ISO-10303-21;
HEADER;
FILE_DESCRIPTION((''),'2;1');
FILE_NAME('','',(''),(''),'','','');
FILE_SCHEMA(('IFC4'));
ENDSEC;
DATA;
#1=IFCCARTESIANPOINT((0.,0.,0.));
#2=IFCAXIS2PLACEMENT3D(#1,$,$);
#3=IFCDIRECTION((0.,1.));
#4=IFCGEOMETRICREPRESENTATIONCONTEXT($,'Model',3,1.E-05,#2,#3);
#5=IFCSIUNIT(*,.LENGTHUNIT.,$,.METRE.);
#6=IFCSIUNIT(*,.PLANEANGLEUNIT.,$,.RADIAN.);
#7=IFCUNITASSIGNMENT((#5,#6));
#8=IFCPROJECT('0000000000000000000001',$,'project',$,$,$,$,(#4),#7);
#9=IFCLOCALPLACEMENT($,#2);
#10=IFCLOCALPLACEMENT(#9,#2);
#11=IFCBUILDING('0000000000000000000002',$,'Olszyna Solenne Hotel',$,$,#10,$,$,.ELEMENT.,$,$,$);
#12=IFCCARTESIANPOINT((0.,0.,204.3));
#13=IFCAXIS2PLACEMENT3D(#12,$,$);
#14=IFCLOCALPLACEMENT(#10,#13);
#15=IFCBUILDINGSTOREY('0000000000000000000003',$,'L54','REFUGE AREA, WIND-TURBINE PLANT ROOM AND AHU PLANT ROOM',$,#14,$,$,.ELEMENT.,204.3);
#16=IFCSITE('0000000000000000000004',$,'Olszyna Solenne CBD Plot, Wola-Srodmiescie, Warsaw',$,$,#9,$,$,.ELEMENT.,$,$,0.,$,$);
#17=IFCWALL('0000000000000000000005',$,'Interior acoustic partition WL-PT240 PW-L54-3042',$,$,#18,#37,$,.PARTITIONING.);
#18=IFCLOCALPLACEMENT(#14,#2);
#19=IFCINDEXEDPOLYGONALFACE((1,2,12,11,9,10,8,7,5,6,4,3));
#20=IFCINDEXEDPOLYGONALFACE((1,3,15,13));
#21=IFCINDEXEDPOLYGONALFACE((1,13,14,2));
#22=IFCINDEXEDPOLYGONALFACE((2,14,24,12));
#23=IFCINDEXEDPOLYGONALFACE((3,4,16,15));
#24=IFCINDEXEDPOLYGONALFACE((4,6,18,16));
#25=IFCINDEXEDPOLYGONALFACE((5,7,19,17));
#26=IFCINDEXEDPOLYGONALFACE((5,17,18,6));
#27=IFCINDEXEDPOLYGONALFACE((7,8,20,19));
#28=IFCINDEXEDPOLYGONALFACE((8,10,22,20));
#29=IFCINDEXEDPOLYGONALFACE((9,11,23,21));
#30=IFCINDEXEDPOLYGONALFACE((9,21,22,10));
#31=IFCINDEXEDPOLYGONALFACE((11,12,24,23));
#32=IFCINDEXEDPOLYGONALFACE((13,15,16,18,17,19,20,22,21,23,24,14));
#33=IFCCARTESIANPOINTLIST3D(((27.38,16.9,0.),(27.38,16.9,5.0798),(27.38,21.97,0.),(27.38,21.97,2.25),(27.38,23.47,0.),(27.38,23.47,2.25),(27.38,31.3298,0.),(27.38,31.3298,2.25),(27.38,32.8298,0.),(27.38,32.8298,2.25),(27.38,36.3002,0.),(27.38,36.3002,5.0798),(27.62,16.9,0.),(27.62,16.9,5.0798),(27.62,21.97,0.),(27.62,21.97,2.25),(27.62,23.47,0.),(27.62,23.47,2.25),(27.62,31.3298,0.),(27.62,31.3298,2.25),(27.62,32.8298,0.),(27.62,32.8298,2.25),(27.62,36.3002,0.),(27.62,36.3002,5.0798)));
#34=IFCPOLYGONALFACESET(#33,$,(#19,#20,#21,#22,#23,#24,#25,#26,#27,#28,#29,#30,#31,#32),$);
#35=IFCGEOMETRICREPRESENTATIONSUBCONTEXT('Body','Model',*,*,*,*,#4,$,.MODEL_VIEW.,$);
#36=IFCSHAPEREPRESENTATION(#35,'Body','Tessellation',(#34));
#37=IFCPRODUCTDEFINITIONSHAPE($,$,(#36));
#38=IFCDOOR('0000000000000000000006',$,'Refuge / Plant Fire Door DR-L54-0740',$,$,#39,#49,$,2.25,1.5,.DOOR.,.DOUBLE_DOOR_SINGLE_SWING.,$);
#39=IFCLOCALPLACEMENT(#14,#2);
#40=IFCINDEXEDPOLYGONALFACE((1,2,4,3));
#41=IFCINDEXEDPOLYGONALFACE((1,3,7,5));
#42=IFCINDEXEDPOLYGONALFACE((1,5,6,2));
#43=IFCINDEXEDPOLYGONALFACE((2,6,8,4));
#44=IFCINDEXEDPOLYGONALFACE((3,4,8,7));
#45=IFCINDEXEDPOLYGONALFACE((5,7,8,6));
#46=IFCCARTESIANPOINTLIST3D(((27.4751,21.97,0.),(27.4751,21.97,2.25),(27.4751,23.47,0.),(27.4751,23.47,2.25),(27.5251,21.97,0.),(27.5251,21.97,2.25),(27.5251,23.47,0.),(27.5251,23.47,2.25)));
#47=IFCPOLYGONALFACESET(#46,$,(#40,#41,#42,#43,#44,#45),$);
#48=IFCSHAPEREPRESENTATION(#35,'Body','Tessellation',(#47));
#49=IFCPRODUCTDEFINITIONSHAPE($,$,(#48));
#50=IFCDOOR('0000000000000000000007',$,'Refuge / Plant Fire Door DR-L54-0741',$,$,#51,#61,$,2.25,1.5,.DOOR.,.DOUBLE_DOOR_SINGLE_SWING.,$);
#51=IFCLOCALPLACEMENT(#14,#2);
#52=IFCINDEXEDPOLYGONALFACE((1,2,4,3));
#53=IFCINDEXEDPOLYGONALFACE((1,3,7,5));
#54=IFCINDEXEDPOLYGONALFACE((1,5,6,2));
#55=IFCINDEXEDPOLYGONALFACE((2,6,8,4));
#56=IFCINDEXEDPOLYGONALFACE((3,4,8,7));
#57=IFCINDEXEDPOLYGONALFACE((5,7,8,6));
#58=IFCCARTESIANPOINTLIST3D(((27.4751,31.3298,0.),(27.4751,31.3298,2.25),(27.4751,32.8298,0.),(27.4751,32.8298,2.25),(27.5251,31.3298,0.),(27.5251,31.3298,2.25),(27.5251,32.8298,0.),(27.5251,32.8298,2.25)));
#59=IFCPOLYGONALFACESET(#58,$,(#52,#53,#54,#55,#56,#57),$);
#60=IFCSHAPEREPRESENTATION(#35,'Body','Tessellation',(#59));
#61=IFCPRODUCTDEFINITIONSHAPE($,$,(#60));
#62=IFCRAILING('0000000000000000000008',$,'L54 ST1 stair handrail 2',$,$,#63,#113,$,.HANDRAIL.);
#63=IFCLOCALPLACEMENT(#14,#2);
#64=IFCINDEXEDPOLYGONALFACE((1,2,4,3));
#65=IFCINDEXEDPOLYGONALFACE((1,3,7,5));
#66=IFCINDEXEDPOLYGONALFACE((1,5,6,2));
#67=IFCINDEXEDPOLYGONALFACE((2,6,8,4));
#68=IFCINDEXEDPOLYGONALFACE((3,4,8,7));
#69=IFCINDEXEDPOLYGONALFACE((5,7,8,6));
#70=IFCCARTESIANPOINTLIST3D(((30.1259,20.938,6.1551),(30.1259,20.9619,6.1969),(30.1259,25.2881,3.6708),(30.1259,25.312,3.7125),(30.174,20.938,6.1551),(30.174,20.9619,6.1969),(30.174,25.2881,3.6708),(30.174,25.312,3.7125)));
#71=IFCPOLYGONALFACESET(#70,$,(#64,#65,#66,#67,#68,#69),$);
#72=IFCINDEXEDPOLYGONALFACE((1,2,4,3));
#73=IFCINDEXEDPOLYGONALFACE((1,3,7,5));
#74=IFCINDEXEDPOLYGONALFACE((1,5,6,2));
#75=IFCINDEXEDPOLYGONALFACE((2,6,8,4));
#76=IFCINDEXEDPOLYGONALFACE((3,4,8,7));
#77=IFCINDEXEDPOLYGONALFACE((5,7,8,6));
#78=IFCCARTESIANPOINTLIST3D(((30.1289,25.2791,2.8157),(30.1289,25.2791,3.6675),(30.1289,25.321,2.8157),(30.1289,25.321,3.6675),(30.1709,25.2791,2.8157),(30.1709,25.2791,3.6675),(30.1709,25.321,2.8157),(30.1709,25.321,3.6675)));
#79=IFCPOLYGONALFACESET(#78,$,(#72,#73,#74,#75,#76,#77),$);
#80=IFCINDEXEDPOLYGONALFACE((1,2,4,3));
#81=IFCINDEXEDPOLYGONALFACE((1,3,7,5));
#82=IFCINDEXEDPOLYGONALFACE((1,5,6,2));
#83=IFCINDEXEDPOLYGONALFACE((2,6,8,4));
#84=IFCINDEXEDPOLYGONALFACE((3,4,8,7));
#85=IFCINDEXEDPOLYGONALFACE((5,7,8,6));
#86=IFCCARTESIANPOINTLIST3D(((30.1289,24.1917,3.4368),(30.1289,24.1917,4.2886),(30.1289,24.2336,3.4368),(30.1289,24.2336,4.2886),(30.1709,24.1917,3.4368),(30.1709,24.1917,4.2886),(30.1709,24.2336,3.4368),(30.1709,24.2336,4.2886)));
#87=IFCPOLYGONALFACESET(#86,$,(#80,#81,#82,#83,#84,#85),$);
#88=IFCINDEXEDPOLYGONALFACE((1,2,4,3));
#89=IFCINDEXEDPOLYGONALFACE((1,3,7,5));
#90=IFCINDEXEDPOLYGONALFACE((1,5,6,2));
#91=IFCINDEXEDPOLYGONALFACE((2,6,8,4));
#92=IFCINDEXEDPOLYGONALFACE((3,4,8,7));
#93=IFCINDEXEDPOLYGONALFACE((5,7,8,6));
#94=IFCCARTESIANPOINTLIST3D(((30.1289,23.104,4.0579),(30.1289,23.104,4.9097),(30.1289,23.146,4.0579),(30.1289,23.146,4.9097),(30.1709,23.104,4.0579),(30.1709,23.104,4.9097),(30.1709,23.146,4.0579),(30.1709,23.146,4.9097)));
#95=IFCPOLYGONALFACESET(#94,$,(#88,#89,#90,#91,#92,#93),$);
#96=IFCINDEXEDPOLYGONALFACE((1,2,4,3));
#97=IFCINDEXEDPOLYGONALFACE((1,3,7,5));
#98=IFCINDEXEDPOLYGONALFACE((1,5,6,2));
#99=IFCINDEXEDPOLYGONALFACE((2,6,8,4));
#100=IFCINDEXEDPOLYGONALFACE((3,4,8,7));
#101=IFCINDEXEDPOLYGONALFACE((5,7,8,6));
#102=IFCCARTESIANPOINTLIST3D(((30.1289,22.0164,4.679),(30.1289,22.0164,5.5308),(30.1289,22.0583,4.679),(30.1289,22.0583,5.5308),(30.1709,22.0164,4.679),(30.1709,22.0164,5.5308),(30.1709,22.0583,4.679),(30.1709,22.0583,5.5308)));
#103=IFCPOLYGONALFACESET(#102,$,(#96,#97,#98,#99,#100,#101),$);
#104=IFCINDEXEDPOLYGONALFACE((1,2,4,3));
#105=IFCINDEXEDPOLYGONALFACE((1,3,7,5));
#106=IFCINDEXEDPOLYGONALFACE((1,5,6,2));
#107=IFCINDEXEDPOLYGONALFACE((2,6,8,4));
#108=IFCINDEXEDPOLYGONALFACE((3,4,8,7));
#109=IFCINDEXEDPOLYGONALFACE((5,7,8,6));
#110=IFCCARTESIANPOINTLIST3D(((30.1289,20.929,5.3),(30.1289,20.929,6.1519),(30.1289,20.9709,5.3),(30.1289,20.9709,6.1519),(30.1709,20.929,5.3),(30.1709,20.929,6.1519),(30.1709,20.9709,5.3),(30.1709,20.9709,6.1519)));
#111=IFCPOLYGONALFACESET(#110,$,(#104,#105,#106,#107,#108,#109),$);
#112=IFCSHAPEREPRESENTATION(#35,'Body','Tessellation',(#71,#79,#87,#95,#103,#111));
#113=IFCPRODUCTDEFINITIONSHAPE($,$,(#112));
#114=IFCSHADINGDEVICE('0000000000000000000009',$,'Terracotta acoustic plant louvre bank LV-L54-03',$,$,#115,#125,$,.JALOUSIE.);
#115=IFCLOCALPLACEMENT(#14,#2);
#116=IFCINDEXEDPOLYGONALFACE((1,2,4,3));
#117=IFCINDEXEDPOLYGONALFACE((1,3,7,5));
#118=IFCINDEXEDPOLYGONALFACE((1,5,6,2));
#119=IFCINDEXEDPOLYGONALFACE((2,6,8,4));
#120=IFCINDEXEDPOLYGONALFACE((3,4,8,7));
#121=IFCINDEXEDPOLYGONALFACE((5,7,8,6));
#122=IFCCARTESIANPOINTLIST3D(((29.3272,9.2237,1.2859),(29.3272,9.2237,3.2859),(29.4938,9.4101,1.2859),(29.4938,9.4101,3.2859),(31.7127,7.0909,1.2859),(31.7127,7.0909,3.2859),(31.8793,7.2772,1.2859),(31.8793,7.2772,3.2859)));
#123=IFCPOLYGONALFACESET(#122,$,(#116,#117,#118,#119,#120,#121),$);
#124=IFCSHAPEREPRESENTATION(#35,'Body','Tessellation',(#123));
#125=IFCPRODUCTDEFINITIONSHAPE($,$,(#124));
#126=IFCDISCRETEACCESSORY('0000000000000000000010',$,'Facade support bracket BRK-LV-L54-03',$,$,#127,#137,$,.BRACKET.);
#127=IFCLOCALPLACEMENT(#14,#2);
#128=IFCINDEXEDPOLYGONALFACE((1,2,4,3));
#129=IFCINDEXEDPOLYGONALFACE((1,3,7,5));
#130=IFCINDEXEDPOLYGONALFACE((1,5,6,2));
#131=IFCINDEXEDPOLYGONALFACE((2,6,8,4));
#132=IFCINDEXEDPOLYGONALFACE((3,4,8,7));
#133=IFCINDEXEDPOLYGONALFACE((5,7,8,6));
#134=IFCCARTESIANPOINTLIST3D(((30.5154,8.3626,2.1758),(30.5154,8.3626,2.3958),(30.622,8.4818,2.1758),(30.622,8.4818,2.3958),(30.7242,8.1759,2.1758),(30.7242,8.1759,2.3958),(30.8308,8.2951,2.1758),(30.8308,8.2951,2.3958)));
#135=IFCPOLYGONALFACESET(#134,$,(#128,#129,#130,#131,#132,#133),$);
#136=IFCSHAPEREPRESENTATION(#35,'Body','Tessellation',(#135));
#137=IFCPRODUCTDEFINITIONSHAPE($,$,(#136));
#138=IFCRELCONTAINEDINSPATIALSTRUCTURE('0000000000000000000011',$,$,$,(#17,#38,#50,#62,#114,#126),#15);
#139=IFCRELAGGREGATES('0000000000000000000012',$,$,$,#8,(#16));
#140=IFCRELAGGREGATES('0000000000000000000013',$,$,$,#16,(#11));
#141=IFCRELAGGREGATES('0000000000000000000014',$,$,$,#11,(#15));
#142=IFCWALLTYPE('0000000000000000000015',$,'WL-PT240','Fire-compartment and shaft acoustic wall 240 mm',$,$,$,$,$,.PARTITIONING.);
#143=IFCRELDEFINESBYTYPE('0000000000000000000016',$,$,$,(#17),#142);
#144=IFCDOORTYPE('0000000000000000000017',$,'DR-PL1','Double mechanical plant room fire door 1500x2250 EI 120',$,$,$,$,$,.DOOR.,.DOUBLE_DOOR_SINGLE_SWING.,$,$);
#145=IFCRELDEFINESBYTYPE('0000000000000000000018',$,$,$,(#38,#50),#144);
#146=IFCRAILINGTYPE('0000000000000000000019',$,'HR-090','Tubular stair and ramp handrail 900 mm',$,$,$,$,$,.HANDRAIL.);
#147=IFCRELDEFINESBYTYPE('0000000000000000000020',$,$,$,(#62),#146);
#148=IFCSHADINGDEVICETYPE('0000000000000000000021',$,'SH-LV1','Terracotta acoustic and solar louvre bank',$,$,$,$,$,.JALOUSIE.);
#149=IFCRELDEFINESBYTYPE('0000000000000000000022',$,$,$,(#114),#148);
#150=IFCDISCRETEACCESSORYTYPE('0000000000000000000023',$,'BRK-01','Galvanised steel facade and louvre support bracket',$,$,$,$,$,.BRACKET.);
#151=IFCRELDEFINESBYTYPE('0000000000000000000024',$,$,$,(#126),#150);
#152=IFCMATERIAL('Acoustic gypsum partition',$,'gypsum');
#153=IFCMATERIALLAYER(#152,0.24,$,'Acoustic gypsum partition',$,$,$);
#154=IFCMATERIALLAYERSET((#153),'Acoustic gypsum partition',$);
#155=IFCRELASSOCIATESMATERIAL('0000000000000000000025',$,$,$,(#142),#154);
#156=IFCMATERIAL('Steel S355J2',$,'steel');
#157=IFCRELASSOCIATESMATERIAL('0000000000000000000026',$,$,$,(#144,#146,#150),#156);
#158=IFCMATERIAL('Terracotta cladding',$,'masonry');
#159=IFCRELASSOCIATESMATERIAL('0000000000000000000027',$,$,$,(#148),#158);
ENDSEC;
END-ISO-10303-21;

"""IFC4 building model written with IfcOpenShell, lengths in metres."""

from ifc_helpers import new_model, si_unit, direction, frame, frame_2d, origin, origin_2d, place, context, subcontext, project, spatial, rectangle, extrude, source, transform, mapped, material, layer, layer_set, type_object, type_shapes, element, fill, save


model = new_model("IFC4")

# Units and contexts
model_context = context("Model", 3, precision=1e-05, world=origin(), true_north=direction((0.0, 1.0)))
body_context = subcontext(model_context, "Body", "Model", "MODEL_VIEW")
ifc_project = project(units=[si_unit("LENGTHUNIT", "METRE"), si_unit("PLANEANGLEUNIT", "RADIAN")], contexts=[model_context])

# Site, building, storey
site_placement = place(None, origin())
site = spatial("IfcSite", under=ifc_project, at=site_placement, Name="Olszyna Solenne CBD Plot, Wola-Srodmiescie, Warsaw", CompositionType="ELEMENT", RefElevation=0.0)
building_placement = place(site_placement, origin())
building = spatial("IfcBuilding", under=site, at=building_placement, Name="Olszyna Solenne Hotel", CompositionType="ELEMENT")
storey_placement = place(building_placement, frame((0.0, 0.0, 204.3)))
storey = spatial("IfcBuildingStorey", under=building, at=storey_placement, Name="L54", Description="REFUGE AREA, WIND-TURBINE PLANT ROOM AND AHU PLANT ROOM", CompositionType="ELEMENT", Elevation=204.3)

# Shared definitions
ifc_material_1 = material(Name="Steel S355J2", Category="steel")

# Shared definitions
ifc_material_2 = material(Name="Acoustic gypsum partition", Category="gypsum")
ifc_layer_1 = layer(ifc_material_2, 0.24, Name="Acoustic gypsum partition")
ifc_layer_set_1 = layer_set([ifc_layer_1], Name="Acoustic gypsum partition")
wall_type_1 = type_object("IfcWallType", Name="WL-PT240", Description="Fire-compartment and shaft acoustic wall 240 mm", PredefinedType="PARTITIONING", material=ifc_layer_set_1)

# Wall, openings, doors
door_type_1 = type_object("IfcDoorType", Name="DR-PL1", Description="Double mechanical plant room fire door 1500x2250 EI 120", OperationType="DOUBLE_DOOR_SINGLE_SWING", PredefinedType="DOOR", material=ifc_material_1)
shared_shape_1 = source(origin(), body_context, "Body", "SweptSolid", [
    extrude(rectangle(XDim=1.5, YDim=2.25, at=frame_2d((0.75, 1.125))), frame((0.0, 0.0249, 0.0), z_axis=(0.0, -1.0, 0.0), x_axis=(1.0, 0.0, 0.0)), (0.0, 0.0, 1.0), 0.05),
])
type_shapes(door_type_1, [shared_shape_1])
wall_1_placement = place(storey_placement, frame((27.5, 16.8999, 0.0), z_axis=(0.0, 0.0, 1.0), x_axis=(0.0, 1.0, 0.0)))
wall_1 = element("IfcWall", 1, at=wall_1_placement, inside=storey, type_object=wall_type_1, Name="Interior acoustic partition WL-PT240 PW-L54-3042", PredefinedType="PARTITIONING", context=body_context, shape_type="SweptSolid", body=[
    extrude(rectangle(XDim=19.4001, YDim=0.24, at=frame_2d((9.7002, 0.0))), origin(), (0.0, 0.0, 1.0), 5.0798),
])
opening_1_placement = place(wall_1_placement, frame((5.0701, 0.0, 0.0)))
opening_1 = element("IfcOpeningElement", 2, at=opening_1_placement, cuts=wall_1, PredefinedType="OPENING", context=body_context, shape_type="SweptSolid", body=[
    extrude(rectangle(XDim=1.5, YDim=2.25, at=frame_2d((0.75, 1.125))), frame((0.0, 0.1299, 0.0), z_axis=(0.0, -1.0, 0.0), x_axis=(1.0, 0.0, 0.0)), (0.0, 0.0, 1.0), 0.26),
])
opening_2_placement = place(wall_1_placement, frame((14.4299, 0.0, 0.0)))
opening_2 = element("IfcOpeningElement", 3, at=opening_2_placement, cuts=wall_1, PredefinedType="OPENING", context=body_context, shape_type="SweptSolid", body=[
    extrude(rectangle(XDim=1.5, YDim=2.25, at=frame_2d((0.75, 1.125))), frame((0.0, 0.1299, 0.0), z_axis=(0.0, -1.0, 0.0), x_axis=(1.0, 0.0, 0.0)), (0.0, 0.0, 1.0), 0.26),
])
door_1_placement = place(opening_1_placement, origin())
door_1 = element("IfcDoor", 4, at=door_1_placement, inside=storey, type_object=door_type_1, Name="Refuge / Plant Fire Door DR-L54-0740", OperationType="DOUBLE_DOOR_SINGLE_SWING", OverallHeight=2.25, OverallWidth=1.5, PredefinedType="DOOR", context=body_context, shape_type="MappedRepresentation", body=[
    mapped(shared_shape_1, transform((0.0, 0.0, 0.0), x_axis=(1.0, 0.0, 0.0), y_axis=(0.0, 1.0, 0.0), z_axis=(0.0, 0.0, 1.0), scale=1.0)),
])
fill(opening_1, door_1)
door_2_placement = place(opening_2_placement, origin())
door_2 = element("IfcDoor", 5, at=door_2_placement, inside=storey, type_object=door_type_1, Name="Refuge / Plant Fire Door DR-L54-0741", OperationType="DOUBLE_DOOR_SINGLE_SWING", OverallHeight=2.25, OverallWidth=1.5, PredefinedType="DOOR", context=body_context, shape_type="MappedRepresentation", body=[
    mapped(shared_shape_1, transform((0.0, 0.0, 0.0), x_axis=(1.0, 0.0, 0.0), y_axis=(0.0, 1.0, 0.0), z_axis=(0.0, 0.0, 1.0), scale=1.0)),
])
fill(opening_2, door_2)

# Railing
railing_type = type_object("IfcRailingType", Name="HR-090", Description="Tubular stair and ramp handrail 900 mm", PredefinedType="HANDRAIL", material=ifc_material_1)
railing_placement = place(storey_placement, frame((30.1499, 25.3, 2.8157)))
element("IfcRailing", 6, at=railing_placement, inside=storey, type_object=railing_type, Name="L54 ST1 stair handrail 2", PredefinedType="HANDRAIL", context=body_context, shape_type="SweptSolid", body=[
    extrude(rectangle(XDim=0.0481, YDim=0.0481, at=origin_2d()), frame((0.0, 0.0, 0.876), z_axis=(0.0, -0.868363, 0.495929), x_axis=(1.0, 0.0, 0.0)), (0.0, 0.0, 1.0), 5.0095),
    extrude(rectangle(XDim=0.042, YDim=0.042, at=origin_2d()), origin(), (0.0, 0.0, 1.0), 0.8518),
    extrude(rectangle(XDim=0.042, YDim=0.042, at=origin_2d()), frame((0.0, -1.0874, 0.6211)), (0.0, 0.0, 1.0), 0.8518),
    extrude(rectangle(XDim=0.042, YDim=0.042, at=origin_2d()), frame((0.0, -2.175, 1.2422)), (0.0, 0.0, 1.0), 0.8518),
    extrude(rectangle(XDim=0.042, YDim=0.042, at=origin_2d()), frame((0.0, -3.2627, 1.8633)), (0.0, 0.0, 1.0), 0.8518),
    extrude(rectangle(XDim=0.042, YDim=0.042, at=origin_2d()), frame((0.0, -4.3501, 2.4844)), (0.0, 0.0, 1.0), 0.8518),
])

# Shading device
ifc_material_3 = material(Name="Terracotta cladding", Category="masonry")
shading_device_type = type_object("IfcShadingDeviceType", Name="SH-LV1", Description="Terracotta acoustic and solar louvre bank", PredefinedType="JALOUSIE", material=ifc_material_3)
shared_shape_2 = source(origin(), body_context, "Body", "SweptSolid", [
    extrude(rectangle(XDim=3.2, YDim=0.25, at=origin_2d()), origin(), (0.0, 0.0, 1.0), 2.0),
])
shading_device_placement = place(storey_placement, frame((30.6033, 8.2505, 1.2859), z_axis=(0.0, 0.0, 1.0), x_axis=(-0.745476, 0.666532, 0.0)))
element("IfcShadingDevice", 7, at=shading_device_placement, inside=storey, type_object=shading_device_type, Name="Terracotta acoustic plant louvre bank LV-L54-03", PredefinedType="JALOUSIE", context=body_context, shape_type="MappedRepresentation", body=[
    mapped(shared_shape_2, transform((0.0, 0.0, 0.0), x_axis=(1.0, 0.0, 0.0), y_axis=(0.0, 1.0, 0.0), z_axis=(0.0, 0.0, 1.0), scale=1.0)),
])

# Discrete accessory
discrete_accessory_type = type_object("IfcDiscreteAccessoryType", Name="BRK-01", Description="Galvanised steel facade and louvre support bracket", PredefinedType="BRACKET", material=ifc_material_1)
shared_shape_3 = source(origin(), body_context, "Body", "SweptSolid", [
    extrude(rectangle(XDim=0.28, YDim=0.1599, at=origin_2d()), origin(), (0.0, 0.0, 1.0), 0.22),
])
discrete_accessory_placement = place(storey_placement, frame((30.6731, 8.3289, 2.1758), z_axis=(0.0, 0.0, 1.0), x_axis=(-0.745476, 0.666532, 0.0)))
element("IfcDiscreteAccessory", 8, at=discrete_accessory_placement, inside=storey, type_object=discrete_accessory_type, Name="Facade support bracket BRK-LV-L54-03", PredefinedType="BRACKET", context=body_context, shape_type="MappedRepresentation", body=[
    mapped(shared_shape_3, transform((0.0, 0.0, 0.0), x_axis=(1.0, 0.0, 0.0), y_axis=(0.0, 1.0, 0.0), z_axis=(0.0, 0.0, 1.0), scale=1.0)),
])

save(model, "model.ifc")
